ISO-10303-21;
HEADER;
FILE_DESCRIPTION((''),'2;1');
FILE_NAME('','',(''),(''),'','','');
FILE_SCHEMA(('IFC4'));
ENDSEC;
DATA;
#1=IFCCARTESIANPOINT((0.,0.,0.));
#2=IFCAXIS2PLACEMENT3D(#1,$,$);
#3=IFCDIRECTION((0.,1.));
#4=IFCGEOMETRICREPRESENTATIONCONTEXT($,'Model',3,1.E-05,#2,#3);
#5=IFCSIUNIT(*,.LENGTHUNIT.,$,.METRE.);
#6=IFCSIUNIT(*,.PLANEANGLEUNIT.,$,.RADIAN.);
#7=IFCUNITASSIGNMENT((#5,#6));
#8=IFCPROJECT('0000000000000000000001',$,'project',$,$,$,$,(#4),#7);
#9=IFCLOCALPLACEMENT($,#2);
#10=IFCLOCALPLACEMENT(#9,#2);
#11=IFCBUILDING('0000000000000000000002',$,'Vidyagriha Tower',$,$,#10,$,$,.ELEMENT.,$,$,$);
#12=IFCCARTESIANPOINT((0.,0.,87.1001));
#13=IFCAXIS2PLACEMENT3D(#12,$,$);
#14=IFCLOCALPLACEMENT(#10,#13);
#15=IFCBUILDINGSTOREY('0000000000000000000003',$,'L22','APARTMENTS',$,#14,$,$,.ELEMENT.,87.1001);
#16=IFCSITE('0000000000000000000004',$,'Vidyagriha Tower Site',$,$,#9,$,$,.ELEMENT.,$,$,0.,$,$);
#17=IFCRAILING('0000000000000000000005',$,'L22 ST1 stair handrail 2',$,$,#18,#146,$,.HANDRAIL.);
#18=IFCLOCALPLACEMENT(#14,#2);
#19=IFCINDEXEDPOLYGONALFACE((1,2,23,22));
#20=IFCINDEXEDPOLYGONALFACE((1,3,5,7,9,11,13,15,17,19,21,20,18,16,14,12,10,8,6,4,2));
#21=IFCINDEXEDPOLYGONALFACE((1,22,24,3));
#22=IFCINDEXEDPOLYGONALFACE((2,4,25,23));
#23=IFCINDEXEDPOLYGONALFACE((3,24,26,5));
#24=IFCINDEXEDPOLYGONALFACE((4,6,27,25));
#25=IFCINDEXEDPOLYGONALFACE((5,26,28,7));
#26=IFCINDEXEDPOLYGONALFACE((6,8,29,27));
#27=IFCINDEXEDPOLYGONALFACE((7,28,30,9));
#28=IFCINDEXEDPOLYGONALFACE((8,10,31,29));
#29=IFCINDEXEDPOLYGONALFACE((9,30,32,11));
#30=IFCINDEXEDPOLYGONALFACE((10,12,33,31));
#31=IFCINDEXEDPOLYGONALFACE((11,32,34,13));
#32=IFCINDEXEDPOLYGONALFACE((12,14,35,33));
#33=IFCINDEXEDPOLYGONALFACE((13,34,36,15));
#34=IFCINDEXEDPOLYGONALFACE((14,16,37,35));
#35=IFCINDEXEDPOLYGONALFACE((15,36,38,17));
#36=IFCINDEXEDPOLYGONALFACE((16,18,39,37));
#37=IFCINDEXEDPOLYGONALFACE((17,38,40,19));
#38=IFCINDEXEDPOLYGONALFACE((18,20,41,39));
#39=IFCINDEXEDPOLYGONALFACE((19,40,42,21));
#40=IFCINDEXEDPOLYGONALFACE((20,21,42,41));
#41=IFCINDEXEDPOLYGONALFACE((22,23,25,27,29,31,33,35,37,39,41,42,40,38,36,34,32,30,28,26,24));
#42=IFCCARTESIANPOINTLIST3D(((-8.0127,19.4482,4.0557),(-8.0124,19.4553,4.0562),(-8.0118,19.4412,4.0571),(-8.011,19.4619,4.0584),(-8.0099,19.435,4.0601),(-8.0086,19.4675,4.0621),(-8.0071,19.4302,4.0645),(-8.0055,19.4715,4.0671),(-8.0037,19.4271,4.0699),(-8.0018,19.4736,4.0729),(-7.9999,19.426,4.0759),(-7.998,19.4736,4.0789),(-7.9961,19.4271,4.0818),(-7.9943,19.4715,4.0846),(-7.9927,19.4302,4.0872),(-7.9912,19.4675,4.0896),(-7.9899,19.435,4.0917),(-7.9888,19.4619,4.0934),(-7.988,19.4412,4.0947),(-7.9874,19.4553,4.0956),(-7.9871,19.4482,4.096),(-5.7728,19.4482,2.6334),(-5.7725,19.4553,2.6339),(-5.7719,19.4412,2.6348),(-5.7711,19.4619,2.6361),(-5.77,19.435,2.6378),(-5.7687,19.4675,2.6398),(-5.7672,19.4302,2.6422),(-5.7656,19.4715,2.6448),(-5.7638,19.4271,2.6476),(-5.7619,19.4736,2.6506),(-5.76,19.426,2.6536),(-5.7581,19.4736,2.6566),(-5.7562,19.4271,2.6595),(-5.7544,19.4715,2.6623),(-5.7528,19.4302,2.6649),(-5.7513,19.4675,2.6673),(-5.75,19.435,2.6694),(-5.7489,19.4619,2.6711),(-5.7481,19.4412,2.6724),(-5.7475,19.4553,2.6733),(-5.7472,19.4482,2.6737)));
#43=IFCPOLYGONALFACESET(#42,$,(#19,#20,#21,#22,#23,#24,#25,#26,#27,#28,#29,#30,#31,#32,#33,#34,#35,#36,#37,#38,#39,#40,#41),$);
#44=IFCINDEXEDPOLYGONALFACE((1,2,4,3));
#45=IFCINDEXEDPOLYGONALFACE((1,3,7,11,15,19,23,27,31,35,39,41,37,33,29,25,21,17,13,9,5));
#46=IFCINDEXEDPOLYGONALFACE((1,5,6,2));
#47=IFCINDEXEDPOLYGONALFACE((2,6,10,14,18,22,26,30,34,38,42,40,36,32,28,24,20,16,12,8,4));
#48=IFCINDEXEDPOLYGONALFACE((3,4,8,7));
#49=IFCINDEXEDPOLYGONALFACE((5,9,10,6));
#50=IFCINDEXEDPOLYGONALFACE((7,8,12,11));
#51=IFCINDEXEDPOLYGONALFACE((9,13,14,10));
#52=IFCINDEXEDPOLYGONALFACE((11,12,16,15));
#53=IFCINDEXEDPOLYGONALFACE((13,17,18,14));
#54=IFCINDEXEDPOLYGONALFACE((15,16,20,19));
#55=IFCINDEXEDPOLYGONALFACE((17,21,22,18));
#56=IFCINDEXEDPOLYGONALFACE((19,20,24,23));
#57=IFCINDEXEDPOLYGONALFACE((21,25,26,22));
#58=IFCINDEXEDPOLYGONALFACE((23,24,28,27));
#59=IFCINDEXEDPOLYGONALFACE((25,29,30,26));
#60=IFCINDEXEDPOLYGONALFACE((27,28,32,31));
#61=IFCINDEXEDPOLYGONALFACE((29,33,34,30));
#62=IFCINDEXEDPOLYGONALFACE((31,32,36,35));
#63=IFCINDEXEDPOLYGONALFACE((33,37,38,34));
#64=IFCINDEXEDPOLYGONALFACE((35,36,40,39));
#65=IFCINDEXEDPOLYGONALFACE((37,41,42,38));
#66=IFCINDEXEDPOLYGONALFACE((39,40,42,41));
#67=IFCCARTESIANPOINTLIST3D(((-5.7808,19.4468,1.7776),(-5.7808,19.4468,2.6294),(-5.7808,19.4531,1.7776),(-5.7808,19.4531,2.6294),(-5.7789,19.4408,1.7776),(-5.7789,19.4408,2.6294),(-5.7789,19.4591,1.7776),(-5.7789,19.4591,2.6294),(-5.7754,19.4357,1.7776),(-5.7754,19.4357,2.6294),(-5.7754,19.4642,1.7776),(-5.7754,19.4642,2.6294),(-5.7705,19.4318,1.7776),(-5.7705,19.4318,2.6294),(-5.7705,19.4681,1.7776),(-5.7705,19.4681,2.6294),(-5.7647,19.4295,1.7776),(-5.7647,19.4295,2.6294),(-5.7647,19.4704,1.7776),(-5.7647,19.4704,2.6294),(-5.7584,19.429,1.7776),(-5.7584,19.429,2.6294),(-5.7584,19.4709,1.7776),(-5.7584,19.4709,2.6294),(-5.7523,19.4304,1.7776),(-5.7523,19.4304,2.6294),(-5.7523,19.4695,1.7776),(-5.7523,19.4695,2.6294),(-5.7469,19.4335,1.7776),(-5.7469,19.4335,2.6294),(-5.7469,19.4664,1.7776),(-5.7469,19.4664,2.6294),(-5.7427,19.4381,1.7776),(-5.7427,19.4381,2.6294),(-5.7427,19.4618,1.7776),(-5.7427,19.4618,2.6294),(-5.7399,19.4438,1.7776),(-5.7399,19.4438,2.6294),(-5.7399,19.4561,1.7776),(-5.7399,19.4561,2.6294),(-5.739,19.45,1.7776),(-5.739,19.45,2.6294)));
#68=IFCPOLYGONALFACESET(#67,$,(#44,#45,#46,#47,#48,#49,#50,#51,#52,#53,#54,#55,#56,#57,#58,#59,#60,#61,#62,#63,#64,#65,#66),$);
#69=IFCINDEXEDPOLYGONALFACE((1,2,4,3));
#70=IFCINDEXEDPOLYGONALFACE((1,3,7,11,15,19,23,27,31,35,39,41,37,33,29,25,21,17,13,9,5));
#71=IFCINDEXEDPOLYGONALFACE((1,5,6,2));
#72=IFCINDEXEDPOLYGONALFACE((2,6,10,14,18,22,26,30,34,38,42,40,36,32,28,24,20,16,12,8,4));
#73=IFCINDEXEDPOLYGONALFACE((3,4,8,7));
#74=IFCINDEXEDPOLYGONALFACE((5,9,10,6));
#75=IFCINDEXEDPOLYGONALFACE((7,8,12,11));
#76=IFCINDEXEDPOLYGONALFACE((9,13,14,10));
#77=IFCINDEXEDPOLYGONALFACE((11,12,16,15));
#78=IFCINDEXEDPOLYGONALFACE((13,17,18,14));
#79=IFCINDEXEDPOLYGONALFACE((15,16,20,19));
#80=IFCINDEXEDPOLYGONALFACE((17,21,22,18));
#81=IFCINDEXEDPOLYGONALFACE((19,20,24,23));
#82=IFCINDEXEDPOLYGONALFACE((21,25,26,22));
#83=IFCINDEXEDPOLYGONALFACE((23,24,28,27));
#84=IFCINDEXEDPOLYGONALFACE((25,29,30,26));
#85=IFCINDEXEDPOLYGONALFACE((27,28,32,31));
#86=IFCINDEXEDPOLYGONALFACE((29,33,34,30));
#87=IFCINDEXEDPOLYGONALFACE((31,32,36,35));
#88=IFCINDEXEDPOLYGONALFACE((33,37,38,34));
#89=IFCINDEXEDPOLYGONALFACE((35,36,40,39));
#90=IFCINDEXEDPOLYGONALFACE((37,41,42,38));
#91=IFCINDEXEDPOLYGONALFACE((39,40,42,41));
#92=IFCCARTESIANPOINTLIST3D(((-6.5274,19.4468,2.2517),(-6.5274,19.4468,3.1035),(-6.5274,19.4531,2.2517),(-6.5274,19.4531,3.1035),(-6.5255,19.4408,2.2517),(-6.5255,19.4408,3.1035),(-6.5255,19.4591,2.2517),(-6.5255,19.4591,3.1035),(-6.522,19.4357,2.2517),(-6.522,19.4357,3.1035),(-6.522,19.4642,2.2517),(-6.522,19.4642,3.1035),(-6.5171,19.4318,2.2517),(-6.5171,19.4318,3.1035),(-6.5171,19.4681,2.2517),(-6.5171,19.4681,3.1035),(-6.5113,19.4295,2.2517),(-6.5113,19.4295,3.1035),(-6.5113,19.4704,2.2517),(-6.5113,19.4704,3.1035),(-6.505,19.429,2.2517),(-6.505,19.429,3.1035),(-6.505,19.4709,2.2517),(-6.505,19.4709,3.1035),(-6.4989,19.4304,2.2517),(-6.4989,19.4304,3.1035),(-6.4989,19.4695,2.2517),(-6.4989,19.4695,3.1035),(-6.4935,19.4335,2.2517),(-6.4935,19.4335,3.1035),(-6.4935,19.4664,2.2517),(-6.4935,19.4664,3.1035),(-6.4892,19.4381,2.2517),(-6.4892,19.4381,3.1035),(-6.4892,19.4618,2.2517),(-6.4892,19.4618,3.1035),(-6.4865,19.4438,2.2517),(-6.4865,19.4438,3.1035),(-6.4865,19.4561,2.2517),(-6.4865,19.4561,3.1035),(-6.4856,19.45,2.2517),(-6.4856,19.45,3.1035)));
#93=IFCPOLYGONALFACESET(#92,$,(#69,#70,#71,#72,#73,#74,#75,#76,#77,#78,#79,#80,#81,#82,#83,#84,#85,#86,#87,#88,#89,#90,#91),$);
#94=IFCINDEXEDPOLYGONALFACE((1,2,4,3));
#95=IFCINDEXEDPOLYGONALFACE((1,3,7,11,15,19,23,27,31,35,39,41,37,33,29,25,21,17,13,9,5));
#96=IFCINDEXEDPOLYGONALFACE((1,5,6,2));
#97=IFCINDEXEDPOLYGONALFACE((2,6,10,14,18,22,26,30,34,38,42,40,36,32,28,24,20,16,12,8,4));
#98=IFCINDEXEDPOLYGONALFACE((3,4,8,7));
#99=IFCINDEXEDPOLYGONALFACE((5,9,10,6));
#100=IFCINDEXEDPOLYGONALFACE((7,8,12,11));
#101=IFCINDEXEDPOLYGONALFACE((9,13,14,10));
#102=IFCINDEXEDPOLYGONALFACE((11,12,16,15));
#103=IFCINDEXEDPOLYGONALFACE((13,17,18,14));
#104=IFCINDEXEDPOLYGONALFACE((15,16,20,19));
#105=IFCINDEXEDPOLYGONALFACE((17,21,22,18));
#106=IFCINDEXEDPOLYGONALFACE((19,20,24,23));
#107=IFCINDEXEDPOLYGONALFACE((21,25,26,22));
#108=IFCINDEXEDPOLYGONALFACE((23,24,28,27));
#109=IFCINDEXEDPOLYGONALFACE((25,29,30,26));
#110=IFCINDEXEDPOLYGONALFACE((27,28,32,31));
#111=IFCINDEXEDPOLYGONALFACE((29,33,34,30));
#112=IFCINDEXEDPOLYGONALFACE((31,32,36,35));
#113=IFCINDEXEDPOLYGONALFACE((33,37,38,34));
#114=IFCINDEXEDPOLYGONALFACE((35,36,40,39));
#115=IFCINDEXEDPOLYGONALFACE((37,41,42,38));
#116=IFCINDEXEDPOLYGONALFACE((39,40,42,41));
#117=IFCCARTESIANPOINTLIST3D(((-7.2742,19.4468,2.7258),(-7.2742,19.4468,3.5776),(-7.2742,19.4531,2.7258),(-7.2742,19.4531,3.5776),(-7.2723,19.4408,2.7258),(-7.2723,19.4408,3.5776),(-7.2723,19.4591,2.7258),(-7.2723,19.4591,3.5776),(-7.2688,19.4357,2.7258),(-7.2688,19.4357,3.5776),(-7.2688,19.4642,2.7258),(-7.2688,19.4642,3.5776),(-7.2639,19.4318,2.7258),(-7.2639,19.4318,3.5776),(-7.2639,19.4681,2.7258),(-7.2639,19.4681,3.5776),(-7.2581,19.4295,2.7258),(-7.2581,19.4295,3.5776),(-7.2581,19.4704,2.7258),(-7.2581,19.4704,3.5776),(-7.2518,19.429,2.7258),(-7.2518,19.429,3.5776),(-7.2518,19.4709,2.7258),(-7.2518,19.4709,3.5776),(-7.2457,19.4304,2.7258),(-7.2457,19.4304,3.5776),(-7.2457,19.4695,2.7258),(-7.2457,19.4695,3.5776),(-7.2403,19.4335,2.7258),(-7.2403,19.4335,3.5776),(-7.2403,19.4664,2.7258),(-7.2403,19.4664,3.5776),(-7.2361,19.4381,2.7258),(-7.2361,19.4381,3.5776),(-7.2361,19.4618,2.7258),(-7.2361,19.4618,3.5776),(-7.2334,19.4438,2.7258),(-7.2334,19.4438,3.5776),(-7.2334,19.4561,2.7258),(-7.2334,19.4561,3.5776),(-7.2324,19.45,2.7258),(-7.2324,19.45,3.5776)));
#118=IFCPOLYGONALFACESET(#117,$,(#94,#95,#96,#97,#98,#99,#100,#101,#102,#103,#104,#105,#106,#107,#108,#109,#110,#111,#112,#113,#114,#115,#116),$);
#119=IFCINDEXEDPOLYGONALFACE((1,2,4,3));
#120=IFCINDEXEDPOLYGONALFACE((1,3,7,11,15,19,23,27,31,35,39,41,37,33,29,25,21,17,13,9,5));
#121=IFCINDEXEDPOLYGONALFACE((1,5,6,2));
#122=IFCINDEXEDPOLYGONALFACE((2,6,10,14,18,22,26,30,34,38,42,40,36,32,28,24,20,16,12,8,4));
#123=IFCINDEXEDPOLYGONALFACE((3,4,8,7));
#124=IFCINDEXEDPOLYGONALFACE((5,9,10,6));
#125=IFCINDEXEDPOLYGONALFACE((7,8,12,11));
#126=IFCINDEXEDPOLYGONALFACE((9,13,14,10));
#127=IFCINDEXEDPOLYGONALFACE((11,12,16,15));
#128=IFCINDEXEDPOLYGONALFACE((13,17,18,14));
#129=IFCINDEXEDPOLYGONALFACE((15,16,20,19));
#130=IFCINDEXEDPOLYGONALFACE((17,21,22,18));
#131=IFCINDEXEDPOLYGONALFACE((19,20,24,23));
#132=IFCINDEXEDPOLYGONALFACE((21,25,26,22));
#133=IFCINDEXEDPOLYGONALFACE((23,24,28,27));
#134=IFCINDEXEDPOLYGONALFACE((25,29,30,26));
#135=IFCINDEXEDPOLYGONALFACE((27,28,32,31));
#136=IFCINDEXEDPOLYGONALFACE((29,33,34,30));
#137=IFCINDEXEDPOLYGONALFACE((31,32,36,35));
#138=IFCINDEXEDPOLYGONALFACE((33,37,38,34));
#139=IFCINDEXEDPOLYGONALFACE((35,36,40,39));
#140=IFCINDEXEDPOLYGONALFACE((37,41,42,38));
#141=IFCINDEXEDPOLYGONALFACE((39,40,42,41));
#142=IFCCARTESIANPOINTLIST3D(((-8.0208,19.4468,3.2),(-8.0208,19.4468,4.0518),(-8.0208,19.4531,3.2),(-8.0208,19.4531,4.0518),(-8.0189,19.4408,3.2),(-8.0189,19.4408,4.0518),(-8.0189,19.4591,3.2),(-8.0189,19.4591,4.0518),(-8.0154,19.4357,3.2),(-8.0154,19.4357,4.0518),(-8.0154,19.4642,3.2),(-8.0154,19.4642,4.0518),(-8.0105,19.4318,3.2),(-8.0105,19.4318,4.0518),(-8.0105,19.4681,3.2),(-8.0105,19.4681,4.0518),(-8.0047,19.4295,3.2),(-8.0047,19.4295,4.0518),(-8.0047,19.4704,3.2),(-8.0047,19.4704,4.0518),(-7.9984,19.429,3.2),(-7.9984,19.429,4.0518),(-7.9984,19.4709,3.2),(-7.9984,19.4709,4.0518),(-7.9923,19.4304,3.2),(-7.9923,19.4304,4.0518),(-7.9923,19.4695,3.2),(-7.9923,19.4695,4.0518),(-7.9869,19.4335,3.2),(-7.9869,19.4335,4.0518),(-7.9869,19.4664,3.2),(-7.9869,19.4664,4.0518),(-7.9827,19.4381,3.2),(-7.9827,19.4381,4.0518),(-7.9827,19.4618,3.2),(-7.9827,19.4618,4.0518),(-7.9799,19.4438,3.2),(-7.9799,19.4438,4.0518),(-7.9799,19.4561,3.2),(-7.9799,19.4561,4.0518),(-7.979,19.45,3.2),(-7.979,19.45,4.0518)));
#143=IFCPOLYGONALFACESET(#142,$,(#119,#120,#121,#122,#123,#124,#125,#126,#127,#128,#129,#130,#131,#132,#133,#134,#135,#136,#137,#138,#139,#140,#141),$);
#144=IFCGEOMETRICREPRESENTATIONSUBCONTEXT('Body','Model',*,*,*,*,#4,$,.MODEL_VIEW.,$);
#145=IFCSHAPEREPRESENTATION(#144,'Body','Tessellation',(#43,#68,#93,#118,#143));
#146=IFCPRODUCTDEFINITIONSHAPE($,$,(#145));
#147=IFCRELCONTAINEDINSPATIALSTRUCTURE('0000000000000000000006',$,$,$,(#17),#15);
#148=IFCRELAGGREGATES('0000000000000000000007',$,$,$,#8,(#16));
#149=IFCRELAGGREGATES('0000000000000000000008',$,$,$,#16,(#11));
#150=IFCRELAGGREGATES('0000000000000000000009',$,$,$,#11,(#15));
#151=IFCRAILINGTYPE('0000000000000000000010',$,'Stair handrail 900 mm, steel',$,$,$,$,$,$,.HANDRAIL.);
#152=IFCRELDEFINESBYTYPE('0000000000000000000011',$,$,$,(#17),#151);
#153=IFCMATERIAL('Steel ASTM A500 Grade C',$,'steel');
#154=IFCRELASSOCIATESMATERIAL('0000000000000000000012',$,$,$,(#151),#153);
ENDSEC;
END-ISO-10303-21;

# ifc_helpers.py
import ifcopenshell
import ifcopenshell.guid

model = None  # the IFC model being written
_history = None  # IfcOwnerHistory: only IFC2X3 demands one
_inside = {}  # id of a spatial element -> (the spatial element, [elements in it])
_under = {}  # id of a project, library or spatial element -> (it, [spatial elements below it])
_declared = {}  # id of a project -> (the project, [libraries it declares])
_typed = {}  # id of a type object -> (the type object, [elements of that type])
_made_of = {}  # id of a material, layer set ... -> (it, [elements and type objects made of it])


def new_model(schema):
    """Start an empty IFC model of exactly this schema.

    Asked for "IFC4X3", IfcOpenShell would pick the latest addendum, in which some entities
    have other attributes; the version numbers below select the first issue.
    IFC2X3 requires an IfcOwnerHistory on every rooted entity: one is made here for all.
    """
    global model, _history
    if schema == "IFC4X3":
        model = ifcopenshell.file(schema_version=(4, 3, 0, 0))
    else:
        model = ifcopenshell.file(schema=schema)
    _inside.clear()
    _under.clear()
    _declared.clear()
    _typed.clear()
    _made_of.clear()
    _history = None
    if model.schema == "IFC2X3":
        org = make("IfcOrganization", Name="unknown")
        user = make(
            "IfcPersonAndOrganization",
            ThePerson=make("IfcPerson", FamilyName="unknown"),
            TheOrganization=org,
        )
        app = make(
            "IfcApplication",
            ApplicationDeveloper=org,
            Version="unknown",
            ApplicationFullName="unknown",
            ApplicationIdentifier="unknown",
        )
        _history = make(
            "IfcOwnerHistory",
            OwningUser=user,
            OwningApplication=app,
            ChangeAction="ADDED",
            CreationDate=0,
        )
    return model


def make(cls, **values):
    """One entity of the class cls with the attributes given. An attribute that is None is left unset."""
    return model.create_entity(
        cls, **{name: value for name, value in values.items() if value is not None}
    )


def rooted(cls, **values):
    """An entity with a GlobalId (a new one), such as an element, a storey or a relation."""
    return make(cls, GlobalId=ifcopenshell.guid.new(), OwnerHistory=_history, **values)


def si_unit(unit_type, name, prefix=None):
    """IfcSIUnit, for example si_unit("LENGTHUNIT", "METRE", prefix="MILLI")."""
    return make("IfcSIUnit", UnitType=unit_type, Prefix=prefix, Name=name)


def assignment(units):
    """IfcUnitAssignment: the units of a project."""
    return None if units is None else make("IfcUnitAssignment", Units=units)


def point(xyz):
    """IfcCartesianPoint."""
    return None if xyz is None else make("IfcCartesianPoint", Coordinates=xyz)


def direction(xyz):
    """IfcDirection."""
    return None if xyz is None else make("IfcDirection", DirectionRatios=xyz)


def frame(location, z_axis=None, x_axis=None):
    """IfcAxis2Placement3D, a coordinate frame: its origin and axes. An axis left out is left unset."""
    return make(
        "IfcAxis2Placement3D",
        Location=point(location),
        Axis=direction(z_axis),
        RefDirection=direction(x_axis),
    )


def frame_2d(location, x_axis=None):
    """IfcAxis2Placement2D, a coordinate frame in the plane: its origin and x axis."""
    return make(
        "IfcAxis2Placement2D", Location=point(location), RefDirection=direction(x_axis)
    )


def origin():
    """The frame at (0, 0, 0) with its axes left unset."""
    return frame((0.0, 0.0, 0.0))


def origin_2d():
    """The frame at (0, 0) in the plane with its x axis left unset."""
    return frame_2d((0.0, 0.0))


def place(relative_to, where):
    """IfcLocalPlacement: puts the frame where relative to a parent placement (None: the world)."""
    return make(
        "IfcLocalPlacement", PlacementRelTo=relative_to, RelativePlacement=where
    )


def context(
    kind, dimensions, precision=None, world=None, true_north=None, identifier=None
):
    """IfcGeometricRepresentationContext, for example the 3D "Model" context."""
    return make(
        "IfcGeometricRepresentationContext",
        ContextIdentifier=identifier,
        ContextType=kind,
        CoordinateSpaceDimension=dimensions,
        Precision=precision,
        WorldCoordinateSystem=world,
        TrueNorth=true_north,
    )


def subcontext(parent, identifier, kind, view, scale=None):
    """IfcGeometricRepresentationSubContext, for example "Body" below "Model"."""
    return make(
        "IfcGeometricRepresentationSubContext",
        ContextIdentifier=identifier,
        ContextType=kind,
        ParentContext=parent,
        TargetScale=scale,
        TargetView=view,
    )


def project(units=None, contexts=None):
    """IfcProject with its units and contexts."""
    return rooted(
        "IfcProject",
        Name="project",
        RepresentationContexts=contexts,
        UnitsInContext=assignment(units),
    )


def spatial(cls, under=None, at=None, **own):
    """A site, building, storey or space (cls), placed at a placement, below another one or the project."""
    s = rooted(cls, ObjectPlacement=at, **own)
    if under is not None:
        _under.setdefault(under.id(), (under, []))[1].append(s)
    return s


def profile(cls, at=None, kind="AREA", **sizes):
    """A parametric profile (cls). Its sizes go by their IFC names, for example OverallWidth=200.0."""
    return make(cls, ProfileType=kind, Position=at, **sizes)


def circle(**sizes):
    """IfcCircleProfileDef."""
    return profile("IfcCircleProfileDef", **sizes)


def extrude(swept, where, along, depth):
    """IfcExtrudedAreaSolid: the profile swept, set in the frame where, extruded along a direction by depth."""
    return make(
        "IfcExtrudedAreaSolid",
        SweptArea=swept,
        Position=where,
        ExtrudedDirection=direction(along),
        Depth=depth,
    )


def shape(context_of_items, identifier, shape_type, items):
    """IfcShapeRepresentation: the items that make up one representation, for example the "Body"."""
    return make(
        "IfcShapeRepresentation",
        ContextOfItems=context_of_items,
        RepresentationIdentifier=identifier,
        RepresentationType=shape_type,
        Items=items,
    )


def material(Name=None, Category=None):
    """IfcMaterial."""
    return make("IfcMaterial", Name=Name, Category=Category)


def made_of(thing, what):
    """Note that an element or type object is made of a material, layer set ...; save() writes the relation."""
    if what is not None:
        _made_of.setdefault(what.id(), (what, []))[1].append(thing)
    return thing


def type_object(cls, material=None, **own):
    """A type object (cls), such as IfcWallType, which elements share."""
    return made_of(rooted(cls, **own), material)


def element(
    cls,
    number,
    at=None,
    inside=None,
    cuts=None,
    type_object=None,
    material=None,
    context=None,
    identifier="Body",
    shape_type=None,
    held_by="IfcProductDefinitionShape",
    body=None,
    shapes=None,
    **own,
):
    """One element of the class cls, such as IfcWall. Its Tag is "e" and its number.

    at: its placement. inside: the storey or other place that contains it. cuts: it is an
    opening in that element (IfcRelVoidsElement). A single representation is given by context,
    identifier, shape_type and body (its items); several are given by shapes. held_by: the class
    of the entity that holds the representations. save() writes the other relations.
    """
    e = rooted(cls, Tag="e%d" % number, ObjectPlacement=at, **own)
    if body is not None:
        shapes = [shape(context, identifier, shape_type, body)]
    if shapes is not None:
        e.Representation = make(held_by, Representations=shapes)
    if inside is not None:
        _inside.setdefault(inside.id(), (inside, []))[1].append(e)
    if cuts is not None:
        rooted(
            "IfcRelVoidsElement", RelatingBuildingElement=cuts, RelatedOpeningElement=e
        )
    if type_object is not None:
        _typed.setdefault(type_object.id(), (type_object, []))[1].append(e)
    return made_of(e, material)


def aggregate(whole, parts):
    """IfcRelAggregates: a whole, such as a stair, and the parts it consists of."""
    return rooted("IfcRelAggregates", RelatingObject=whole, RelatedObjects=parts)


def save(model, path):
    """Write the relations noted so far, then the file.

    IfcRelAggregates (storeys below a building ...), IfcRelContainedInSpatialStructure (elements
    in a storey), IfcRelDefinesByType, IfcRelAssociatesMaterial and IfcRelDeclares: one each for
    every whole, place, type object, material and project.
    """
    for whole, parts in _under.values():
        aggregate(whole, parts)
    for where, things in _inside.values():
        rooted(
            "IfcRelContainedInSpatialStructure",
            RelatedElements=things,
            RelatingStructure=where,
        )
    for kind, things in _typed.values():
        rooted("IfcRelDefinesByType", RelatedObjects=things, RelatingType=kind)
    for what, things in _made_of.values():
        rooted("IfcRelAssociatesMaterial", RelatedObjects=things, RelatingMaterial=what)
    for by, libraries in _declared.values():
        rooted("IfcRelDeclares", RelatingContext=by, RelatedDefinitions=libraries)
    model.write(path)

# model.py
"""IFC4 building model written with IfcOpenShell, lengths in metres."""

from ifc_helpers import new_model, si_unit, direction, frame, origin, origin_2d, place, context, subcontext, project, spatial, circle, extrude, material, type_object, element, save


model = new_model("IFC4")

# Units and contexts
model_context = context("Model", 3, precision=1e-05, world=origin(), true_north=direction((0.0, 1.0)))
body_context = subcontext(model_context, "Body", "Model", "MODEL_VIEW")
ifc_project = project(units=[si_unit("LENGTHUNIT", "METRE"), si_unit("PLANEANGLEUNIT", "RADIAN")], contexts=[model_context])

# Site, building, storey
site_placement = place(None, origin())
site = spatial("IfcSite", under=ifc_project, at=site_placement, Name="Vidyagriha Tower Site", CompositionType="ELEMENT", RefElevation=0.0)
building_placement = place(site_placement, origin())
building = spatial("IfcBuilding", under=site, at=building_placement, Name="Vidyagriha Tower", CompositionType="ELEMENT")
storey_placement = place(building_placement, frame((0.0, 0.0, 87.1001)))
storey = spatial("IfcBuildingStorey", under=building, at=storey_placement, Name="L22", Description="APARTMENTS", CompositionType="ELEMENT", Elevation=87.1001)

# Railing
ifc_material_1 = material(Name="Steel ASTM A500 Grade C", Category="steel")
railing_type_1 = type_object("IfcRailingType", Name="Stair handrail 900 mm, steel", PredefinedType="HANDRAIL", material=ifc_material_1)
railing_1_placement = place(storey_placement, frame((-5.76, 19.45, 1.7776)))
element("IfcRailing", 1, at=railing_1_placement, inside=storey, type_object=railing_type_1, Name="L22 ST1 stair handrail 2", PredefinedType="HANDRAIL", context=body_context, shape_type="SweptSolid", body=[
    extrude(circle(Radius=0.0239, at=origin_2d()), frame((0.0, 0.0, 0.876), z_axis=(-0.844188, 0.0, 0.536048), x_axis=(0.0, -1.0, 0.0)), (0.0, 0.0, 1.0), 2.6533),
    extrude(circle(Radius=0.021, at=origin_2d()), origin(), (0.0, 0.0, 1.0), 0.8518),
    extrude(circle(Radius=0.021, at=origin_2d()), frame((-0.7466, 0.0, 0.4741)), (0.0, 0.0, 1.0), 0.8518),
    extrude(circle(Radius=0.021, at=origin_2d()), frame((-1.4934, 0.0, 0.9482)), (0.0, 0.0, 1.0), 0.8518),
    extrude(circle(Radius=0.021, at=origin_2d()), frame((-2.24, 0.0, 1.4224)), (0.0, 0.0, 1.0), 0.8518),
])

save(model, "model.ifc")
